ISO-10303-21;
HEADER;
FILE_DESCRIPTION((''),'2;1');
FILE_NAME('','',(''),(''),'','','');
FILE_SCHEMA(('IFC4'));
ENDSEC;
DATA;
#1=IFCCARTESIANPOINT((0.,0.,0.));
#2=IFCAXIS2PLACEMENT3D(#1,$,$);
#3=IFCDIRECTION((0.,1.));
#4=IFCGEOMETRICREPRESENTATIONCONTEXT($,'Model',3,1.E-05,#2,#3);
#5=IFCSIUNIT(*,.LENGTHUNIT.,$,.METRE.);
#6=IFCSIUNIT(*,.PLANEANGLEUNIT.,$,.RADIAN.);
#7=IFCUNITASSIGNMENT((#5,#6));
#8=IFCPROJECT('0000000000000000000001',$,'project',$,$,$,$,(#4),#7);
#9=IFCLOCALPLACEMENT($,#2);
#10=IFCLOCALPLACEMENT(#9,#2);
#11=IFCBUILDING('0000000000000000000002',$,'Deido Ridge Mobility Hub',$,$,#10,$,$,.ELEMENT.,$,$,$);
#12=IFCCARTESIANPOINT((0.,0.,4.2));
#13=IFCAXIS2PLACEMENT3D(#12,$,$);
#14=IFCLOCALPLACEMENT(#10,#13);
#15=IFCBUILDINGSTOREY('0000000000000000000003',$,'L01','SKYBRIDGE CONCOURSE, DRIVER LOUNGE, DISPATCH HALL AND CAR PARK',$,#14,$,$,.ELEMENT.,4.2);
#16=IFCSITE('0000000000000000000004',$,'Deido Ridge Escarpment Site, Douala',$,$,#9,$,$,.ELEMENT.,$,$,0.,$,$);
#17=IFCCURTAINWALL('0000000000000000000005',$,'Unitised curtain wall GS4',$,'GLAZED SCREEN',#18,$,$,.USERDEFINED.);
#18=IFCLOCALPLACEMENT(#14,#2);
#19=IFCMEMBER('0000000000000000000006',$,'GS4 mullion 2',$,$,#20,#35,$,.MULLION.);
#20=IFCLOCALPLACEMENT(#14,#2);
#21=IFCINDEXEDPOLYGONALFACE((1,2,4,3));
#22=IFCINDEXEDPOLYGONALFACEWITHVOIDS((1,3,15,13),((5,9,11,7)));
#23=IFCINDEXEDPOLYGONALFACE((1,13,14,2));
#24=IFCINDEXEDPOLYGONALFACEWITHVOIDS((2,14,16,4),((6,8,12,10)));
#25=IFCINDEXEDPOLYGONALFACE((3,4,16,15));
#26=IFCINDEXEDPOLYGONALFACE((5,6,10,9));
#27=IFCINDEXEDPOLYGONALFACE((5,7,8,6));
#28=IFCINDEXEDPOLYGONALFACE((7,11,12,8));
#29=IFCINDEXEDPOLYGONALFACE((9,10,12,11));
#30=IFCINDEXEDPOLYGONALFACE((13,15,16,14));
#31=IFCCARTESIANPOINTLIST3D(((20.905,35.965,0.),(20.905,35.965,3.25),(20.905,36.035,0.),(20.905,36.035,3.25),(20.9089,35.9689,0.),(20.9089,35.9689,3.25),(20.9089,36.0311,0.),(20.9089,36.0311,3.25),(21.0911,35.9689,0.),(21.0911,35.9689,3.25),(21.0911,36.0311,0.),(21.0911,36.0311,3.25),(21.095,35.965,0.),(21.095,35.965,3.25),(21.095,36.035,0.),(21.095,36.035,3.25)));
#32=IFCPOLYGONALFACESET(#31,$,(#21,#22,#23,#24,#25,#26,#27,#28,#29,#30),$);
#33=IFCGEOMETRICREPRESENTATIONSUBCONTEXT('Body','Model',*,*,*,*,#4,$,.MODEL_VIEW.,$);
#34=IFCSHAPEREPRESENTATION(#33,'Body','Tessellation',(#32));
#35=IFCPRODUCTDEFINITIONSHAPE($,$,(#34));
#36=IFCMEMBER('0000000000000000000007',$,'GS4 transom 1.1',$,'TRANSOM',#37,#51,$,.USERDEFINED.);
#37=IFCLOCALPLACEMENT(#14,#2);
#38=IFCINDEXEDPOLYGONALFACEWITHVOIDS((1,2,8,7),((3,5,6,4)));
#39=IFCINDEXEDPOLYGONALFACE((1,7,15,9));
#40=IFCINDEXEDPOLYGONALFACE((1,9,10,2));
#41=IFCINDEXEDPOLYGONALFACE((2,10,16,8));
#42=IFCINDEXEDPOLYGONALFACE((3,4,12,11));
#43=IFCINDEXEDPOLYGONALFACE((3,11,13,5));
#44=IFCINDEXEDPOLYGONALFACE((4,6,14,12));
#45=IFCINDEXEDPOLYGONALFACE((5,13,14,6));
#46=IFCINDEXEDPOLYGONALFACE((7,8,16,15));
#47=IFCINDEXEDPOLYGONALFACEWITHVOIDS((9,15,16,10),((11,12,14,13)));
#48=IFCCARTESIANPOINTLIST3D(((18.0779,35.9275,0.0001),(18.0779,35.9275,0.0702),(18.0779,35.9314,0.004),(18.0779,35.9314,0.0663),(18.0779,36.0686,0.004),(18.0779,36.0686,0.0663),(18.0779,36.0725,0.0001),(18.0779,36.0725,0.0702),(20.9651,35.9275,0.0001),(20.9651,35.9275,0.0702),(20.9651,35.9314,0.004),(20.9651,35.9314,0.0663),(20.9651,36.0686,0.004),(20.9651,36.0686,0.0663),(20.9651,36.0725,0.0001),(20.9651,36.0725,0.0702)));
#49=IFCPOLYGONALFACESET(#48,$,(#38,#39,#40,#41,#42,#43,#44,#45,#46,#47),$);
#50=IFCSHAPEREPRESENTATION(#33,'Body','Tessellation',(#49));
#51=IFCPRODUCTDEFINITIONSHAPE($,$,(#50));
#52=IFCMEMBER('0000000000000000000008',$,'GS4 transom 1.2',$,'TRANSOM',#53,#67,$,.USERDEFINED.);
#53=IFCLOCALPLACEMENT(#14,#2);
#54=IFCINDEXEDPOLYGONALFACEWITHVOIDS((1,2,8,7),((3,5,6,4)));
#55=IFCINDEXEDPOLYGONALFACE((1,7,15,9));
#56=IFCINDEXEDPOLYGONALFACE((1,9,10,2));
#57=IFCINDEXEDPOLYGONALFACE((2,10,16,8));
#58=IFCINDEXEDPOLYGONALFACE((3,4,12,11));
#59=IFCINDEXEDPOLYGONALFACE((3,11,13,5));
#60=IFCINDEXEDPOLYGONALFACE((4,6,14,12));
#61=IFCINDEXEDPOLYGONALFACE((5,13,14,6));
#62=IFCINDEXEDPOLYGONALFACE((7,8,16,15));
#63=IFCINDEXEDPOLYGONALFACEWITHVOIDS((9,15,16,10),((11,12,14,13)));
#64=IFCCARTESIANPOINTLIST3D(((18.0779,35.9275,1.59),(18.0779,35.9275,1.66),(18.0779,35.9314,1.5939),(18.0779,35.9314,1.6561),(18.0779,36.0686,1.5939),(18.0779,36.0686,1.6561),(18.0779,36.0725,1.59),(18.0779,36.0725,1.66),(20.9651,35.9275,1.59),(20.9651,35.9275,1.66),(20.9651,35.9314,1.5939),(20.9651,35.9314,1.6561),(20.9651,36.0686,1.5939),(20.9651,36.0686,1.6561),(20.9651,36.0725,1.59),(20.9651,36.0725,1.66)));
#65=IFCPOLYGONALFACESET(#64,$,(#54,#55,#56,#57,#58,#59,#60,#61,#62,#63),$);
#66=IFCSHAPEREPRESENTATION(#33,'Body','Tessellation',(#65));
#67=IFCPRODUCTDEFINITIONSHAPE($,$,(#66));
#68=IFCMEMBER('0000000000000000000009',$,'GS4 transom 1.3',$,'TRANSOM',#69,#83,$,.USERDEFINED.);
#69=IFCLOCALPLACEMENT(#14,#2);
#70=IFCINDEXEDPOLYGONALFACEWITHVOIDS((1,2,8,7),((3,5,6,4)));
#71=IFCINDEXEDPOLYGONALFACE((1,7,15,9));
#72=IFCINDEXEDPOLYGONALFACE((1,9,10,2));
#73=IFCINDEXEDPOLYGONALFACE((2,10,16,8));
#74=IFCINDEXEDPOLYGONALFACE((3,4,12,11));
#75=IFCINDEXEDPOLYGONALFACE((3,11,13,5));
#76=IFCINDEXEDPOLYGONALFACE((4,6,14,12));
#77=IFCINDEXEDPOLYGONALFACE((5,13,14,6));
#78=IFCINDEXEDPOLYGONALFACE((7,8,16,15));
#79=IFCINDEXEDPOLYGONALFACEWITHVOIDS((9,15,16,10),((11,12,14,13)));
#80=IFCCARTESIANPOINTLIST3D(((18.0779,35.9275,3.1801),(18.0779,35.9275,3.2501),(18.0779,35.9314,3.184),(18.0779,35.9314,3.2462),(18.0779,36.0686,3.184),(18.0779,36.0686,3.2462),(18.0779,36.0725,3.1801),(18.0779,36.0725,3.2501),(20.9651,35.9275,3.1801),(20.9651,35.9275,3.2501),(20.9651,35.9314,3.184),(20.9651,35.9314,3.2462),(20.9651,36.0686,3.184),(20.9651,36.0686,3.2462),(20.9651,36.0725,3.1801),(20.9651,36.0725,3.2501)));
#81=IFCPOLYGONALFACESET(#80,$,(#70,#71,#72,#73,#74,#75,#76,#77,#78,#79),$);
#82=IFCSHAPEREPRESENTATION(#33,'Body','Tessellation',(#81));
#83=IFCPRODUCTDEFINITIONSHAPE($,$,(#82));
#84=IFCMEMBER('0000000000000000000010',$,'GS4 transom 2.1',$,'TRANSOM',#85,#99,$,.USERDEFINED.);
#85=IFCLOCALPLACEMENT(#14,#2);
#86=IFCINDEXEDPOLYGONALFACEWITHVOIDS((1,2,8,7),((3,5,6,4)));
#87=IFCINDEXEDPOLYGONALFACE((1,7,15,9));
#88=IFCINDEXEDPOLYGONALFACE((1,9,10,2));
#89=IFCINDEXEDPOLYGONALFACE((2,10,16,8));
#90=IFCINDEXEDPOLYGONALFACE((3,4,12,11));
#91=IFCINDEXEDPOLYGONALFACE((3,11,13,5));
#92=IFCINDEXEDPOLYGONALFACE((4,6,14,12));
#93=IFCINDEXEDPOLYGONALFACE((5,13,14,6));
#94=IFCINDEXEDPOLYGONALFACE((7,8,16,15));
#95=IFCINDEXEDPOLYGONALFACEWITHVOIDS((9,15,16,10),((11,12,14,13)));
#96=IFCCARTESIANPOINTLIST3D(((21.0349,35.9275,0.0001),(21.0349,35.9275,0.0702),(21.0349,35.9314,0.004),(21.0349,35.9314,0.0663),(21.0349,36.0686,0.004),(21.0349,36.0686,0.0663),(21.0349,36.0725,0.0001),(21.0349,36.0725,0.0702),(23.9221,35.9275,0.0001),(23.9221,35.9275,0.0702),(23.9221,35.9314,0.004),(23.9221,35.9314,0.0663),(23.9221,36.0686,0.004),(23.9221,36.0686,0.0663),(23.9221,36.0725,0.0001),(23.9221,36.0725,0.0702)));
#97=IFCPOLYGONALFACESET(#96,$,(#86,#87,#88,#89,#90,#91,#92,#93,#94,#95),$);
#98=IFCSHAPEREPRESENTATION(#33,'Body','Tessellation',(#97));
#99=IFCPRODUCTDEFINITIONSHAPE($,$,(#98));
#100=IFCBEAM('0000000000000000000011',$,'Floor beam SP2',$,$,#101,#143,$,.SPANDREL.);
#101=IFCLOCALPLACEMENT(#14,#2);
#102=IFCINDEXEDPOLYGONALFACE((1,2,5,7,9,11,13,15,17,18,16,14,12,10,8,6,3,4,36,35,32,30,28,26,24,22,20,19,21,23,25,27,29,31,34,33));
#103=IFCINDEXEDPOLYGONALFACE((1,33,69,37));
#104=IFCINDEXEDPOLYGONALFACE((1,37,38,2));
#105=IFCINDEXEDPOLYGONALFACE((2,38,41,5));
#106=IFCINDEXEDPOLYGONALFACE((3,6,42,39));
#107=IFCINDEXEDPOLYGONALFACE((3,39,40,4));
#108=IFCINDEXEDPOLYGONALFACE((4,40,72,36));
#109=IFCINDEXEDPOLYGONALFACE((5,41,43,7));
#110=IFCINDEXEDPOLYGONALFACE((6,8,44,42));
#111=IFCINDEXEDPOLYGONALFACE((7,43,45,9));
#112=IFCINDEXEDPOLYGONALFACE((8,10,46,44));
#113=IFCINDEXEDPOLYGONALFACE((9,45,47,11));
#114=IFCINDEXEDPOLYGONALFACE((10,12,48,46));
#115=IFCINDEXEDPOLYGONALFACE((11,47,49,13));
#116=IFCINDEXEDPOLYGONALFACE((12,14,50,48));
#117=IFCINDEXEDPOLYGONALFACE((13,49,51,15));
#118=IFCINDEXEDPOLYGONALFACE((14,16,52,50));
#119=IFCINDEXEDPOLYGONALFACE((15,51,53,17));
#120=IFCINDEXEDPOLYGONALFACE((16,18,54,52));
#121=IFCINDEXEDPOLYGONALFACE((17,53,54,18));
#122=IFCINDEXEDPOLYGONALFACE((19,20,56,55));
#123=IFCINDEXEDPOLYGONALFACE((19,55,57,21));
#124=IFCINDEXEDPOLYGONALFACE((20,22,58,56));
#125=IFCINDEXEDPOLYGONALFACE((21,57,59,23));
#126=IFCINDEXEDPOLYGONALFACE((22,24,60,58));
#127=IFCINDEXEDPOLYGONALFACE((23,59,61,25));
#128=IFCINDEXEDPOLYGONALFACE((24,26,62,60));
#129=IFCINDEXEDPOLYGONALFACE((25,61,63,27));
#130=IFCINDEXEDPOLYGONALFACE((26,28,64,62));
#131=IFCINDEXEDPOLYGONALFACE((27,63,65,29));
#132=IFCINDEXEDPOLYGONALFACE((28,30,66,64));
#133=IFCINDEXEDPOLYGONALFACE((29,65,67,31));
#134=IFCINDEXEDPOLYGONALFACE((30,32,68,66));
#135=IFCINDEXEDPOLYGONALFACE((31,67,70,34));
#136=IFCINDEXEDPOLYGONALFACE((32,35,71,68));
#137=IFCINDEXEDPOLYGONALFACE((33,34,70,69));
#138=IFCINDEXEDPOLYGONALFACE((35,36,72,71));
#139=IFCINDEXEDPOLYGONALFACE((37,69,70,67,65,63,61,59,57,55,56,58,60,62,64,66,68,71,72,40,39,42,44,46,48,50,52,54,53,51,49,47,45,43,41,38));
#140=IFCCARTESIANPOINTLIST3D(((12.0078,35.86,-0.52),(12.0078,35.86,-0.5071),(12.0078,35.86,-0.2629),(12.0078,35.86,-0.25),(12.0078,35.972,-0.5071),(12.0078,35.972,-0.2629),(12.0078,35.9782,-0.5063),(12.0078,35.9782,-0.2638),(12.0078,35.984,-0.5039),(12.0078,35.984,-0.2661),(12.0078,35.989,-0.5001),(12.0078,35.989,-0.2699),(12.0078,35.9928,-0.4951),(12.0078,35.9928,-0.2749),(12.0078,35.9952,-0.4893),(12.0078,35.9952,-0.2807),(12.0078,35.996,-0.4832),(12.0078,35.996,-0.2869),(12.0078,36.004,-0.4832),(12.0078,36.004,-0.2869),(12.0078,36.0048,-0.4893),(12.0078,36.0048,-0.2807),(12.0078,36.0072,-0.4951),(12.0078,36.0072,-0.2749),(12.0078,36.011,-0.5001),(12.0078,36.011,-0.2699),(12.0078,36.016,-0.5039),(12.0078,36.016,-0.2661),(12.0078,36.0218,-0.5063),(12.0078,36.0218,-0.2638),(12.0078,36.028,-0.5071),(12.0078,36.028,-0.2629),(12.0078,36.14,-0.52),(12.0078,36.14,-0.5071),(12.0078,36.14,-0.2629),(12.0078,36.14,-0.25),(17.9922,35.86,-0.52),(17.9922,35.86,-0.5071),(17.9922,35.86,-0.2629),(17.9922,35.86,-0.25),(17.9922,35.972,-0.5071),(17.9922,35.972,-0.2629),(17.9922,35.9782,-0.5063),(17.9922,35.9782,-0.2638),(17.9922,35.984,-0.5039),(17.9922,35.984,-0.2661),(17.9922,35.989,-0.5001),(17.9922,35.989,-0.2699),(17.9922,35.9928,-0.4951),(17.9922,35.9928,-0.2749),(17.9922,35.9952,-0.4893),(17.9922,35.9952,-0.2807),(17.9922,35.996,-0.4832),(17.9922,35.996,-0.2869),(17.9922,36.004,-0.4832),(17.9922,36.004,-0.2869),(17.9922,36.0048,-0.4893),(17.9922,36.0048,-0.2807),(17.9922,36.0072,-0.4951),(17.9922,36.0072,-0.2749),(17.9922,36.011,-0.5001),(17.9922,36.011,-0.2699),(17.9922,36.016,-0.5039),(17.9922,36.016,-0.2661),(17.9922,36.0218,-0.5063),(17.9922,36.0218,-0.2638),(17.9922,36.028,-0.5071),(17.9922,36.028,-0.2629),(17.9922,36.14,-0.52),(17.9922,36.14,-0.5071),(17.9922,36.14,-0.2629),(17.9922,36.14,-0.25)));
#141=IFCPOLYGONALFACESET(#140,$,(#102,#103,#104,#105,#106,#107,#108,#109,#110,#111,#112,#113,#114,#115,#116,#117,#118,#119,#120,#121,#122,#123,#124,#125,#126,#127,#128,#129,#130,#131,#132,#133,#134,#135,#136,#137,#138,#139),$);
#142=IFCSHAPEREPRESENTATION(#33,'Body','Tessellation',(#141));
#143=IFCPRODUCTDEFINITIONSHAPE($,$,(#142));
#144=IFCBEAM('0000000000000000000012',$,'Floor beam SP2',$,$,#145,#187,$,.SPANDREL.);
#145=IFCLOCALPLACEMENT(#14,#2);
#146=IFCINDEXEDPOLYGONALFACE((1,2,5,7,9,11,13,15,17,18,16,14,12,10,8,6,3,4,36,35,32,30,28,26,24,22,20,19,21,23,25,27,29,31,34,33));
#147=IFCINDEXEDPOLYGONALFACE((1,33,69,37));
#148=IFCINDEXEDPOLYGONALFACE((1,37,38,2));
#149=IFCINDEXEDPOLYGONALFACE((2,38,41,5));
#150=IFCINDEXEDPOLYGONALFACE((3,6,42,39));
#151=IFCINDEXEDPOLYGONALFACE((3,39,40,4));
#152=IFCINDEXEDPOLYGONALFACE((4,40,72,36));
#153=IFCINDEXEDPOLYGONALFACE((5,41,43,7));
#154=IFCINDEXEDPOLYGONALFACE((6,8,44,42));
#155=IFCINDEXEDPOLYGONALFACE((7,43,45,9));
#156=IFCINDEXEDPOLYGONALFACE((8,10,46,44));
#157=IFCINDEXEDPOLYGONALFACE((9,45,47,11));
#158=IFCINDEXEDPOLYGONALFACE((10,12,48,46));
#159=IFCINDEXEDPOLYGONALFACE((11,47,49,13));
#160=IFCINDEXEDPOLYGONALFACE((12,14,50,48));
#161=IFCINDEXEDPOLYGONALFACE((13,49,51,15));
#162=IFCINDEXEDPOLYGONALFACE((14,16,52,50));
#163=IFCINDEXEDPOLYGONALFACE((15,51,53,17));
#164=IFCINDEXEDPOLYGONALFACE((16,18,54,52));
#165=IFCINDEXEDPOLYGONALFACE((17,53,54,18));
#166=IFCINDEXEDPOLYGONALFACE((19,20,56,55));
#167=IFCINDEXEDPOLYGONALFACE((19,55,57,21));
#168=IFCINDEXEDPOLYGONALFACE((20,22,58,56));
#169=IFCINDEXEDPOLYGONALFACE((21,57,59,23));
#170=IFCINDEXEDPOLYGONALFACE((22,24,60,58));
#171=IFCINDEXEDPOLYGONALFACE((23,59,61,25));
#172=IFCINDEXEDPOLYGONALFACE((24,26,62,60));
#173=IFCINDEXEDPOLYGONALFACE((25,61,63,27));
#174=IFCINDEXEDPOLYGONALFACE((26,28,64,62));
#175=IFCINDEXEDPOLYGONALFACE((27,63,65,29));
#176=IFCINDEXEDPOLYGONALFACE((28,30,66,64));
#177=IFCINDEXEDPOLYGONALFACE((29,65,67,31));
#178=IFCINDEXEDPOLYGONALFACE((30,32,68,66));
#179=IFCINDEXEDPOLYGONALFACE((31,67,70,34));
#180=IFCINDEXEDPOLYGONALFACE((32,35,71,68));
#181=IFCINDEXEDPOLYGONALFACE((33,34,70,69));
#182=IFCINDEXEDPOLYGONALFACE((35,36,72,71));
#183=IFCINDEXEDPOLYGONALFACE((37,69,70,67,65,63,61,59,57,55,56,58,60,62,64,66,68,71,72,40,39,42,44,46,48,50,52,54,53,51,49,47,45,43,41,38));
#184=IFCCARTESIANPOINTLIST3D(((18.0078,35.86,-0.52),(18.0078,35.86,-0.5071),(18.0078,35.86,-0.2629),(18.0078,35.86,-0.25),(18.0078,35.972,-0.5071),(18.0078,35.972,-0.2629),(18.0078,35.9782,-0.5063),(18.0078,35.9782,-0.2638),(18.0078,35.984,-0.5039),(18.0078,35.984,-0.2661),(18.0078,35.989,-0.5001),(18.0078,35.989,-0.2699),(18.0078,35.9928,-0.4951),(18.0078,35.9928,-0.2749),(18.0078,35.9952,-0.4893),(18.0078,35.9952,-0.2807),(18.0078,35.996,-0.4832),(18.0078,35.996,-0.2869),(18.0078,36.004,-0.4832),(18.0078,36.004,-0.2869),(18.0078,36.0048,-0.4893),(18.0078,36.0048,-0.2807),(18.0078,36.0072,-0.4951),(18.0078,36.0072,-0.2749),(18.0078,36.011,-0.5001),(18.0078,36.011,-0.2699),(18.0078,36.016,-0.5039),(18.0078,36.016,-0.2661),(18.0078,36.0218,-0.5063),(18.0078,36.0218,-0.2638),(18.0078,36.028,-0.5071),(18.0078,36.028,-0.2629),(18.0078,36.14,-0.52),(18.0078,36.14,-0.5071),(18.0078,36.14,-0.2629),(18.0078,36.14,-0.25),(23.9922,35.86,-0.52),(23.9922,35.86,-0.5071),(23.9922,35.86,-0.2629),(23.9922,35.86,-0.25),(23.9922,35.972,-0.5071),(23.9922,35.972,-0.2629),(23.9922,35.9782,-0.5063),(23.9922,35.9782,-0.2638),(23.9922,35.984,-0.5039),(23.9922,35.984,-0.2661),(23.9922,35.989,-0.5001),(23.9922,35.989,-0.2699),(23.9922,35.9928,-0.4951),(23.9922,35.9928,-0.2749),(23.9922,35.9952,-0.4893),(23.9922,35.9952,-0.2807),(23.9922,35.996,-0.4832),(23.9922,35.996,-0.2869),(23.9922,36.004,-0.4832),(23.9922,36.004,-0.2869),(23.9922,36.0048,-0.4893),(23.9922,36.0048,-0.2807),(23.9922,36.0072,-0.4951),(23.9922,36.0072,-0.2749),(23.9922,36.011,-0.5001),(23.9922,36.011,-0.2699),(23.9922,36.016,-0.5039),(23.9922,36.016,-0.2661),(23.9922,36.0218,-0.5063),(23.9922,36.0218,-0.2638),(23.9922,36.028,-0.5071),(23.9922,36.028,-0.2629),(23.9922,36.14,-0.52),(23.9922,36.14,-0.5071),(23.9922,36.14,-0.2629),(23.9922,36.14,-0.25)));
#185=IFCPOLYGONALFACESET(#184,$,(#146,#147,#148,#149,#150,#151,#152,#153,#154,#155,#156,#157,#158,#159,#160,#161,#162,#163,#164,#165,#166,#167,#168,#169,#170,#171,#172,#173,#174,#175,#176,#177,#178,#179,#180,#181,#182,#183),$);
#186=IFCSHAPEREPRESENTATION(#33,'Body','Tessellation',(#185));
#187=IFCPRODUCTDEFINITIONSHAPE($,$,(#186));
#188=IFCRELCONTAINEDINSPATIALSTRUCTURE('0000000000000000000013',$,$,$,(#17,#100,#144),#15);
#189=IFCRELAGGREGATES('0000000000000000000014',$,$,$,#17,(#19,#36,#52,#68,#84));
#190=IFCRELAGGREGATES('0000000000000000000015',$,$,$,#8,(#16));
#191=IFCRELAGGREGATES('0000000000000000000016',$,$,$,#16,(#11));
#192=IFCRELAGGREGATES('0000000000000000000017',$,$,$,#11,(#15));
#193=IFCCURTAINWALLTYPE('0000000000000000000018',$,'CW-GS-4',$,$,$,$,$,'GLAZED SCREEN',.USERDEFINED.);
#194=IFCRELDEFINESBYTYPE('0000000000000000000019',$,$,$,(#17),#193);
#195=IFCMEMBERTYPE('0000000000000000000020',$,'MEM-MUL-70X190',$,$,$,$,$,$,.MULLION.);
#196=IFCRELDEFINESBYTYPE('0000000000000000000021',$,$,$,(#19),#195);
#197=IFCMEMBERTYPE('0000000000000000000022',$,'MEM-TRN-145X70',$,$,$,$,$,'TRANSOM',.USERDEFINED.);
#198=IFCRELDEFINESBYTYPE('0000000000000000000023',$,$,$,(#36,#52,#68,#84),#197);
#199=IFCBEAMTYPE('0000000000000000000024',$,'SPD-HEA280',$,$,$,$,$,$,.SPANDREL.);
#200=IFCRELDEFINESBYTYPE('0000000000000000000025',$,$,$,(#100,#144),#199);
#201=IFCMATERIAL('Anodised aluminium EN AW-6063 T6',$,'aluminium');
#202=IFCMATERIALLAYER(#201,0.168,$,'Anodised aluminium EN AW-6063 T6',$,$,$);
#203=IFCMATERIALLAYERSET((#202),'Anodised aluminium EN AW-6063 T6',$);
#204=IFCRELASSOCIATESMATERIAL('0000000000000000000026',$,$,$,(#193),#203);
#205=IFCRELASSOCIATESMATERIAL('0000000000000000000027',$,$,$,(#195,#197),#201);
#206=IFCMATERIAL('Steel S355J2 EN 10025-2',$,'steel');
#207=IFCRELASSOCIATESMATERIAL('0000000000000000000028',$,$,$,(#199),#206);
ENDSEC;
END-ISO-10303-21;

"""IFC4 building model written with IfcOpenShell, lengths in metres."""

from ifc_helpers import new_model, si_unit, direction, frame, origin, origin_2d, place, context, subcontext, project, spatial, hollow_rectangle, i_section, extrude, material, layer, layer_set, material_profile, profile_set, type_object, element, aggregate, save


model = new_model("IFC4")

# Units and contexts
model_context = context("Model", 3, precision=1e-05, world=origin(), true_north=direction((0.0, 1.0)))
body_context = subcontext(model_context, "Body", "Model", "MODEL_VIEW")
ifc_project = project(units=[si_unit("LENGTHUNIT", "METRE"), si_unit("PLANEANGLEUNIT", "RADIAN")], contexts=[model_context])

# Site, building, storey
site_placement = place(None, origin())
site = spatial("IfcSite", under=ifc_project, at=site_placement, Name="Deido Ridge Escarpment Site, Douala", CompositionType="ELEMENT", RefElevation=0.0)
building_placement = place(site_placement, origin())
building = spatial("IfcBuilding", under=site, at=building_placement, Name="Deido Ridge Mobility Hub", CompositionType="ELEMENT")
storey_placement = place(building_placement, frame((0.0, 0.0, 4.2)))
storey = spatial("IfcBuildingStorey", under=building, at=storey_placement, Name="L01", Description="SKYBRIDGE CONCOURSE, DRIVER LOUNGE, DISPATCH HALL AND CAR PARK", CompositionType="ELEMENT", Elevation=4.2)

# Shared definitions
ifc_material_1 = material(Name="Steel S355J2 EN 10025-2", Category="steel")

# Shared definitions
ifc_material_2 = material(Name="Anodised aluminium EN AW-6063 T6", Category="aluminium")

# Curtain wall, members
ifc_layer_1 = layer(ifc_material_2, 0.168, Name="Anodised aluminium EN AW-6063 T6")
ifc_layer_set_1 = layer_set([ifc_layer_1], Name="Anodised aluminium EN AW-6063 T6")
curtain_wall_type_1 = type_object("IfcCurtainWallType", Name="CW-GS-4", ElementType="GLAZED SCREEN", PredefinedType="USERDEFINED", material=ifc_layer_set_1)
curtain_wall_1_placement = place(storey_placement, origin())
curtain_wall_1 = element("IfcCurtainWall", 1, at=curtain_wall_1_placement, inside=storey, type_object=curtain_wall_type_1, Name="Unitised curtain wall GS4", ObjectType="GLAZED SCREEN", PredefinedType="USERDEFINED")
ifc_material_profile_1 = material_profile(ifc_material_2, hollow_rectangle(XDim=0.0701, YDim=0.1899, WallThickness=0.0039, at=origin_2d()), Name="RHS 70x190x4")
ifc_profile_set_1 = profile_set([ifc_material_profile_1], Name="Anodised aluminium EN AW-6063 T6")
member_type_1 = type_object("IfcMemberType", Name="MEM-MUL-70X190", PredefinedType="MULLION", material=ifc_profile_set_1)
member_1_placement = place(storey_placement, frame((21.0, 36.0, 0.0), z_axis=(0.0, 0.0, 1.0), x_axis=(0.0, 1.0, 0.0)))
member_1 = element("IfcMember", 2, at=member_1_placement, type_object=member_type_1, Name="GS4 mullion 2", PredefinedType="MULLION", context=body_context, shape_type="SweptSolid", body=[
    extrude(hollow_rectangle(XDim=0.0701, YDim=0.1899, WallThickness=0.0039, at=origin_2d()), origin(), (0.0, 0.0, 1.0), 3.25),
])
ifc_material_profile_2 = material_profile(ifc_material_2, hollow_rectangle(XDim=0.145, YDim=0.0701, WallThickness=0.0039, at=origin_2d()), Name="RHS 145x70x4")
ifc_profile_set_2 = profile_set([ifc_material_profile_2], Name="Anodised aluminium EN AW-6063 T6")
member_type_2 = type_object("IfcMemberType", Name="MEM-TRN-145X70", ElementType="TRANSOM", PredefinedType="USERDEFINED", material=ifc_profile_set_2)
member_2_placement = place(storey_placement, frame((18.0779, 36.0, 0.0352), z_axis=(1.0, 0.0, 0.0), x_axis=(0.0, 1.0, 0.0)))
member_2 = element("IfcMember", 3, at=member_2_placement, type_object=member_type_2, Name="GS4 transom 1.1", ObjectType="TRANSOM", PredefinedType="USERDEFINED", context=body_context, shape_type="SweptSolid", body=[
    extrude(hollow_rectangle(XDim=0.145, YDim=0.0701, WallThickness=0.0039, at=origin_2d()), origin(), (0.0, 0.0, 1.0), 2.8872),
])
member_3_placement = place(storey_placement, frame((18.0779, 36.0, 1.625), z_axis=(1.0, 0.0, 0.0), x_axis=(0.0, 1.0, 0.0)))
member_3 = element("IfcMember", 4, at=member_3_placement, type_object=member_type_2, Name="GS4 transom 1.2", ObjectType="TRANSOM", PredefinedType="USERDEFINED", context=body_context, shape_type="SweptSolid", body=[
    extrude(hollow_rectangle(XDim=0.145, YDim=0.0701, WallThickness=0.0039, at=origin_2d()), origin(), (0.0, 0.0, 1.0), 2.8872),
])
member_4_placement = place(storey_placement, frame((18.0779, 36.0, 3.2151), z_axis=(1.0, 0.0, 0.0), x_axis=(0.0, 1.0, 0.0)))
member_4 = element("IfcMember", 5, at=member_4_placement, type_object=member_type_2, Name="GS4 transom 1.3", ObjectType="TRANSOM", PredefinedType="USERDEFINED", context=body_context, shape_type="SweptSolid", body=[
    extrude(hollow_rectangle(XDim=0.145, YDim=0.0701, WallThickness=0.0039, at=origin_2d()), origin(), (0.0, 0.0, 1.0), 2.8872),
])
member_5_placement = place(storey_placement, frame((21.0349, 36.0, 0.0352), z_axis=(1.0, 0.0, 0.0), x_axis=(0.0, 1.0, 0.0)))
member_5 = element("IfcMember", 6, at=member_5_placement, type_object=member_type_2, Name="GS4 transom 2.1", ObjectType="TRANSOM", PredefinedType="USERDEFINED", context=body_context, shape_type="SweptSolid", body=[
    extrude(hollow_rectangle(XDim=0.145, YDim=0.0701, WallThickness=0.0039, at=origin_2d()), origin(), (0.0, 0.0, 1.0), 2.8872),
])

# Beams
ifc_material_profile_3 = material_profile(ifc_material_1, i_section(OverallWidth=0.28, OverallDepth=0.27, WebThickness=0.0081, FlangeThickness=0.0129, FilletRadius=0.0239, at=origin_2d()), Name="HEA 280")
ifc_profile_set_3 = profile_set([ifc_material_profile_3], Name="Steel S355J2 EN 10025-2")
beam_type_1 = type_object("IfcBeamType", Name="SPD-HEA280", PredefinedType="SPANDREL", material=ifc_profile_set_3)
for number, where, z_axis, x_axis, name in (
    (7, (12.0078, 36.0, -0.385), (1.0, 0.0, 0.0), (0.0, 1.0, 0.0), "Floor beam SP2"),
    (8, (18.0078, 36.0, -0.385), (1.0, 0.0, 0.0), (0.0, 1.0, 0.0), "Floor beam SP2"),
):
    element("IfcBeam", number, at=place(storey_placement, frame(where, z_axis=z_axis, x_axis=x_axis)), inside=storey, type_object=beam_type_1, Name=name, PredefinedType="SPANDREL", context=body_context, shape_type="SweptSolid", body=[
        extrude(i_section(OverallWidth=0.28, OverallDepth=0.27, WebThickness=0.0081, FlangeThickness=0.0129, FilletRadius=0.0239, at=origin_2d()), origin(), (0.0, 0.0, 1.0), 5.9844),
    ])

aggregate(curtain_wall_1, [member_1, member_2, member_3, member_4, member_5])

save(model, "model.ifc")
